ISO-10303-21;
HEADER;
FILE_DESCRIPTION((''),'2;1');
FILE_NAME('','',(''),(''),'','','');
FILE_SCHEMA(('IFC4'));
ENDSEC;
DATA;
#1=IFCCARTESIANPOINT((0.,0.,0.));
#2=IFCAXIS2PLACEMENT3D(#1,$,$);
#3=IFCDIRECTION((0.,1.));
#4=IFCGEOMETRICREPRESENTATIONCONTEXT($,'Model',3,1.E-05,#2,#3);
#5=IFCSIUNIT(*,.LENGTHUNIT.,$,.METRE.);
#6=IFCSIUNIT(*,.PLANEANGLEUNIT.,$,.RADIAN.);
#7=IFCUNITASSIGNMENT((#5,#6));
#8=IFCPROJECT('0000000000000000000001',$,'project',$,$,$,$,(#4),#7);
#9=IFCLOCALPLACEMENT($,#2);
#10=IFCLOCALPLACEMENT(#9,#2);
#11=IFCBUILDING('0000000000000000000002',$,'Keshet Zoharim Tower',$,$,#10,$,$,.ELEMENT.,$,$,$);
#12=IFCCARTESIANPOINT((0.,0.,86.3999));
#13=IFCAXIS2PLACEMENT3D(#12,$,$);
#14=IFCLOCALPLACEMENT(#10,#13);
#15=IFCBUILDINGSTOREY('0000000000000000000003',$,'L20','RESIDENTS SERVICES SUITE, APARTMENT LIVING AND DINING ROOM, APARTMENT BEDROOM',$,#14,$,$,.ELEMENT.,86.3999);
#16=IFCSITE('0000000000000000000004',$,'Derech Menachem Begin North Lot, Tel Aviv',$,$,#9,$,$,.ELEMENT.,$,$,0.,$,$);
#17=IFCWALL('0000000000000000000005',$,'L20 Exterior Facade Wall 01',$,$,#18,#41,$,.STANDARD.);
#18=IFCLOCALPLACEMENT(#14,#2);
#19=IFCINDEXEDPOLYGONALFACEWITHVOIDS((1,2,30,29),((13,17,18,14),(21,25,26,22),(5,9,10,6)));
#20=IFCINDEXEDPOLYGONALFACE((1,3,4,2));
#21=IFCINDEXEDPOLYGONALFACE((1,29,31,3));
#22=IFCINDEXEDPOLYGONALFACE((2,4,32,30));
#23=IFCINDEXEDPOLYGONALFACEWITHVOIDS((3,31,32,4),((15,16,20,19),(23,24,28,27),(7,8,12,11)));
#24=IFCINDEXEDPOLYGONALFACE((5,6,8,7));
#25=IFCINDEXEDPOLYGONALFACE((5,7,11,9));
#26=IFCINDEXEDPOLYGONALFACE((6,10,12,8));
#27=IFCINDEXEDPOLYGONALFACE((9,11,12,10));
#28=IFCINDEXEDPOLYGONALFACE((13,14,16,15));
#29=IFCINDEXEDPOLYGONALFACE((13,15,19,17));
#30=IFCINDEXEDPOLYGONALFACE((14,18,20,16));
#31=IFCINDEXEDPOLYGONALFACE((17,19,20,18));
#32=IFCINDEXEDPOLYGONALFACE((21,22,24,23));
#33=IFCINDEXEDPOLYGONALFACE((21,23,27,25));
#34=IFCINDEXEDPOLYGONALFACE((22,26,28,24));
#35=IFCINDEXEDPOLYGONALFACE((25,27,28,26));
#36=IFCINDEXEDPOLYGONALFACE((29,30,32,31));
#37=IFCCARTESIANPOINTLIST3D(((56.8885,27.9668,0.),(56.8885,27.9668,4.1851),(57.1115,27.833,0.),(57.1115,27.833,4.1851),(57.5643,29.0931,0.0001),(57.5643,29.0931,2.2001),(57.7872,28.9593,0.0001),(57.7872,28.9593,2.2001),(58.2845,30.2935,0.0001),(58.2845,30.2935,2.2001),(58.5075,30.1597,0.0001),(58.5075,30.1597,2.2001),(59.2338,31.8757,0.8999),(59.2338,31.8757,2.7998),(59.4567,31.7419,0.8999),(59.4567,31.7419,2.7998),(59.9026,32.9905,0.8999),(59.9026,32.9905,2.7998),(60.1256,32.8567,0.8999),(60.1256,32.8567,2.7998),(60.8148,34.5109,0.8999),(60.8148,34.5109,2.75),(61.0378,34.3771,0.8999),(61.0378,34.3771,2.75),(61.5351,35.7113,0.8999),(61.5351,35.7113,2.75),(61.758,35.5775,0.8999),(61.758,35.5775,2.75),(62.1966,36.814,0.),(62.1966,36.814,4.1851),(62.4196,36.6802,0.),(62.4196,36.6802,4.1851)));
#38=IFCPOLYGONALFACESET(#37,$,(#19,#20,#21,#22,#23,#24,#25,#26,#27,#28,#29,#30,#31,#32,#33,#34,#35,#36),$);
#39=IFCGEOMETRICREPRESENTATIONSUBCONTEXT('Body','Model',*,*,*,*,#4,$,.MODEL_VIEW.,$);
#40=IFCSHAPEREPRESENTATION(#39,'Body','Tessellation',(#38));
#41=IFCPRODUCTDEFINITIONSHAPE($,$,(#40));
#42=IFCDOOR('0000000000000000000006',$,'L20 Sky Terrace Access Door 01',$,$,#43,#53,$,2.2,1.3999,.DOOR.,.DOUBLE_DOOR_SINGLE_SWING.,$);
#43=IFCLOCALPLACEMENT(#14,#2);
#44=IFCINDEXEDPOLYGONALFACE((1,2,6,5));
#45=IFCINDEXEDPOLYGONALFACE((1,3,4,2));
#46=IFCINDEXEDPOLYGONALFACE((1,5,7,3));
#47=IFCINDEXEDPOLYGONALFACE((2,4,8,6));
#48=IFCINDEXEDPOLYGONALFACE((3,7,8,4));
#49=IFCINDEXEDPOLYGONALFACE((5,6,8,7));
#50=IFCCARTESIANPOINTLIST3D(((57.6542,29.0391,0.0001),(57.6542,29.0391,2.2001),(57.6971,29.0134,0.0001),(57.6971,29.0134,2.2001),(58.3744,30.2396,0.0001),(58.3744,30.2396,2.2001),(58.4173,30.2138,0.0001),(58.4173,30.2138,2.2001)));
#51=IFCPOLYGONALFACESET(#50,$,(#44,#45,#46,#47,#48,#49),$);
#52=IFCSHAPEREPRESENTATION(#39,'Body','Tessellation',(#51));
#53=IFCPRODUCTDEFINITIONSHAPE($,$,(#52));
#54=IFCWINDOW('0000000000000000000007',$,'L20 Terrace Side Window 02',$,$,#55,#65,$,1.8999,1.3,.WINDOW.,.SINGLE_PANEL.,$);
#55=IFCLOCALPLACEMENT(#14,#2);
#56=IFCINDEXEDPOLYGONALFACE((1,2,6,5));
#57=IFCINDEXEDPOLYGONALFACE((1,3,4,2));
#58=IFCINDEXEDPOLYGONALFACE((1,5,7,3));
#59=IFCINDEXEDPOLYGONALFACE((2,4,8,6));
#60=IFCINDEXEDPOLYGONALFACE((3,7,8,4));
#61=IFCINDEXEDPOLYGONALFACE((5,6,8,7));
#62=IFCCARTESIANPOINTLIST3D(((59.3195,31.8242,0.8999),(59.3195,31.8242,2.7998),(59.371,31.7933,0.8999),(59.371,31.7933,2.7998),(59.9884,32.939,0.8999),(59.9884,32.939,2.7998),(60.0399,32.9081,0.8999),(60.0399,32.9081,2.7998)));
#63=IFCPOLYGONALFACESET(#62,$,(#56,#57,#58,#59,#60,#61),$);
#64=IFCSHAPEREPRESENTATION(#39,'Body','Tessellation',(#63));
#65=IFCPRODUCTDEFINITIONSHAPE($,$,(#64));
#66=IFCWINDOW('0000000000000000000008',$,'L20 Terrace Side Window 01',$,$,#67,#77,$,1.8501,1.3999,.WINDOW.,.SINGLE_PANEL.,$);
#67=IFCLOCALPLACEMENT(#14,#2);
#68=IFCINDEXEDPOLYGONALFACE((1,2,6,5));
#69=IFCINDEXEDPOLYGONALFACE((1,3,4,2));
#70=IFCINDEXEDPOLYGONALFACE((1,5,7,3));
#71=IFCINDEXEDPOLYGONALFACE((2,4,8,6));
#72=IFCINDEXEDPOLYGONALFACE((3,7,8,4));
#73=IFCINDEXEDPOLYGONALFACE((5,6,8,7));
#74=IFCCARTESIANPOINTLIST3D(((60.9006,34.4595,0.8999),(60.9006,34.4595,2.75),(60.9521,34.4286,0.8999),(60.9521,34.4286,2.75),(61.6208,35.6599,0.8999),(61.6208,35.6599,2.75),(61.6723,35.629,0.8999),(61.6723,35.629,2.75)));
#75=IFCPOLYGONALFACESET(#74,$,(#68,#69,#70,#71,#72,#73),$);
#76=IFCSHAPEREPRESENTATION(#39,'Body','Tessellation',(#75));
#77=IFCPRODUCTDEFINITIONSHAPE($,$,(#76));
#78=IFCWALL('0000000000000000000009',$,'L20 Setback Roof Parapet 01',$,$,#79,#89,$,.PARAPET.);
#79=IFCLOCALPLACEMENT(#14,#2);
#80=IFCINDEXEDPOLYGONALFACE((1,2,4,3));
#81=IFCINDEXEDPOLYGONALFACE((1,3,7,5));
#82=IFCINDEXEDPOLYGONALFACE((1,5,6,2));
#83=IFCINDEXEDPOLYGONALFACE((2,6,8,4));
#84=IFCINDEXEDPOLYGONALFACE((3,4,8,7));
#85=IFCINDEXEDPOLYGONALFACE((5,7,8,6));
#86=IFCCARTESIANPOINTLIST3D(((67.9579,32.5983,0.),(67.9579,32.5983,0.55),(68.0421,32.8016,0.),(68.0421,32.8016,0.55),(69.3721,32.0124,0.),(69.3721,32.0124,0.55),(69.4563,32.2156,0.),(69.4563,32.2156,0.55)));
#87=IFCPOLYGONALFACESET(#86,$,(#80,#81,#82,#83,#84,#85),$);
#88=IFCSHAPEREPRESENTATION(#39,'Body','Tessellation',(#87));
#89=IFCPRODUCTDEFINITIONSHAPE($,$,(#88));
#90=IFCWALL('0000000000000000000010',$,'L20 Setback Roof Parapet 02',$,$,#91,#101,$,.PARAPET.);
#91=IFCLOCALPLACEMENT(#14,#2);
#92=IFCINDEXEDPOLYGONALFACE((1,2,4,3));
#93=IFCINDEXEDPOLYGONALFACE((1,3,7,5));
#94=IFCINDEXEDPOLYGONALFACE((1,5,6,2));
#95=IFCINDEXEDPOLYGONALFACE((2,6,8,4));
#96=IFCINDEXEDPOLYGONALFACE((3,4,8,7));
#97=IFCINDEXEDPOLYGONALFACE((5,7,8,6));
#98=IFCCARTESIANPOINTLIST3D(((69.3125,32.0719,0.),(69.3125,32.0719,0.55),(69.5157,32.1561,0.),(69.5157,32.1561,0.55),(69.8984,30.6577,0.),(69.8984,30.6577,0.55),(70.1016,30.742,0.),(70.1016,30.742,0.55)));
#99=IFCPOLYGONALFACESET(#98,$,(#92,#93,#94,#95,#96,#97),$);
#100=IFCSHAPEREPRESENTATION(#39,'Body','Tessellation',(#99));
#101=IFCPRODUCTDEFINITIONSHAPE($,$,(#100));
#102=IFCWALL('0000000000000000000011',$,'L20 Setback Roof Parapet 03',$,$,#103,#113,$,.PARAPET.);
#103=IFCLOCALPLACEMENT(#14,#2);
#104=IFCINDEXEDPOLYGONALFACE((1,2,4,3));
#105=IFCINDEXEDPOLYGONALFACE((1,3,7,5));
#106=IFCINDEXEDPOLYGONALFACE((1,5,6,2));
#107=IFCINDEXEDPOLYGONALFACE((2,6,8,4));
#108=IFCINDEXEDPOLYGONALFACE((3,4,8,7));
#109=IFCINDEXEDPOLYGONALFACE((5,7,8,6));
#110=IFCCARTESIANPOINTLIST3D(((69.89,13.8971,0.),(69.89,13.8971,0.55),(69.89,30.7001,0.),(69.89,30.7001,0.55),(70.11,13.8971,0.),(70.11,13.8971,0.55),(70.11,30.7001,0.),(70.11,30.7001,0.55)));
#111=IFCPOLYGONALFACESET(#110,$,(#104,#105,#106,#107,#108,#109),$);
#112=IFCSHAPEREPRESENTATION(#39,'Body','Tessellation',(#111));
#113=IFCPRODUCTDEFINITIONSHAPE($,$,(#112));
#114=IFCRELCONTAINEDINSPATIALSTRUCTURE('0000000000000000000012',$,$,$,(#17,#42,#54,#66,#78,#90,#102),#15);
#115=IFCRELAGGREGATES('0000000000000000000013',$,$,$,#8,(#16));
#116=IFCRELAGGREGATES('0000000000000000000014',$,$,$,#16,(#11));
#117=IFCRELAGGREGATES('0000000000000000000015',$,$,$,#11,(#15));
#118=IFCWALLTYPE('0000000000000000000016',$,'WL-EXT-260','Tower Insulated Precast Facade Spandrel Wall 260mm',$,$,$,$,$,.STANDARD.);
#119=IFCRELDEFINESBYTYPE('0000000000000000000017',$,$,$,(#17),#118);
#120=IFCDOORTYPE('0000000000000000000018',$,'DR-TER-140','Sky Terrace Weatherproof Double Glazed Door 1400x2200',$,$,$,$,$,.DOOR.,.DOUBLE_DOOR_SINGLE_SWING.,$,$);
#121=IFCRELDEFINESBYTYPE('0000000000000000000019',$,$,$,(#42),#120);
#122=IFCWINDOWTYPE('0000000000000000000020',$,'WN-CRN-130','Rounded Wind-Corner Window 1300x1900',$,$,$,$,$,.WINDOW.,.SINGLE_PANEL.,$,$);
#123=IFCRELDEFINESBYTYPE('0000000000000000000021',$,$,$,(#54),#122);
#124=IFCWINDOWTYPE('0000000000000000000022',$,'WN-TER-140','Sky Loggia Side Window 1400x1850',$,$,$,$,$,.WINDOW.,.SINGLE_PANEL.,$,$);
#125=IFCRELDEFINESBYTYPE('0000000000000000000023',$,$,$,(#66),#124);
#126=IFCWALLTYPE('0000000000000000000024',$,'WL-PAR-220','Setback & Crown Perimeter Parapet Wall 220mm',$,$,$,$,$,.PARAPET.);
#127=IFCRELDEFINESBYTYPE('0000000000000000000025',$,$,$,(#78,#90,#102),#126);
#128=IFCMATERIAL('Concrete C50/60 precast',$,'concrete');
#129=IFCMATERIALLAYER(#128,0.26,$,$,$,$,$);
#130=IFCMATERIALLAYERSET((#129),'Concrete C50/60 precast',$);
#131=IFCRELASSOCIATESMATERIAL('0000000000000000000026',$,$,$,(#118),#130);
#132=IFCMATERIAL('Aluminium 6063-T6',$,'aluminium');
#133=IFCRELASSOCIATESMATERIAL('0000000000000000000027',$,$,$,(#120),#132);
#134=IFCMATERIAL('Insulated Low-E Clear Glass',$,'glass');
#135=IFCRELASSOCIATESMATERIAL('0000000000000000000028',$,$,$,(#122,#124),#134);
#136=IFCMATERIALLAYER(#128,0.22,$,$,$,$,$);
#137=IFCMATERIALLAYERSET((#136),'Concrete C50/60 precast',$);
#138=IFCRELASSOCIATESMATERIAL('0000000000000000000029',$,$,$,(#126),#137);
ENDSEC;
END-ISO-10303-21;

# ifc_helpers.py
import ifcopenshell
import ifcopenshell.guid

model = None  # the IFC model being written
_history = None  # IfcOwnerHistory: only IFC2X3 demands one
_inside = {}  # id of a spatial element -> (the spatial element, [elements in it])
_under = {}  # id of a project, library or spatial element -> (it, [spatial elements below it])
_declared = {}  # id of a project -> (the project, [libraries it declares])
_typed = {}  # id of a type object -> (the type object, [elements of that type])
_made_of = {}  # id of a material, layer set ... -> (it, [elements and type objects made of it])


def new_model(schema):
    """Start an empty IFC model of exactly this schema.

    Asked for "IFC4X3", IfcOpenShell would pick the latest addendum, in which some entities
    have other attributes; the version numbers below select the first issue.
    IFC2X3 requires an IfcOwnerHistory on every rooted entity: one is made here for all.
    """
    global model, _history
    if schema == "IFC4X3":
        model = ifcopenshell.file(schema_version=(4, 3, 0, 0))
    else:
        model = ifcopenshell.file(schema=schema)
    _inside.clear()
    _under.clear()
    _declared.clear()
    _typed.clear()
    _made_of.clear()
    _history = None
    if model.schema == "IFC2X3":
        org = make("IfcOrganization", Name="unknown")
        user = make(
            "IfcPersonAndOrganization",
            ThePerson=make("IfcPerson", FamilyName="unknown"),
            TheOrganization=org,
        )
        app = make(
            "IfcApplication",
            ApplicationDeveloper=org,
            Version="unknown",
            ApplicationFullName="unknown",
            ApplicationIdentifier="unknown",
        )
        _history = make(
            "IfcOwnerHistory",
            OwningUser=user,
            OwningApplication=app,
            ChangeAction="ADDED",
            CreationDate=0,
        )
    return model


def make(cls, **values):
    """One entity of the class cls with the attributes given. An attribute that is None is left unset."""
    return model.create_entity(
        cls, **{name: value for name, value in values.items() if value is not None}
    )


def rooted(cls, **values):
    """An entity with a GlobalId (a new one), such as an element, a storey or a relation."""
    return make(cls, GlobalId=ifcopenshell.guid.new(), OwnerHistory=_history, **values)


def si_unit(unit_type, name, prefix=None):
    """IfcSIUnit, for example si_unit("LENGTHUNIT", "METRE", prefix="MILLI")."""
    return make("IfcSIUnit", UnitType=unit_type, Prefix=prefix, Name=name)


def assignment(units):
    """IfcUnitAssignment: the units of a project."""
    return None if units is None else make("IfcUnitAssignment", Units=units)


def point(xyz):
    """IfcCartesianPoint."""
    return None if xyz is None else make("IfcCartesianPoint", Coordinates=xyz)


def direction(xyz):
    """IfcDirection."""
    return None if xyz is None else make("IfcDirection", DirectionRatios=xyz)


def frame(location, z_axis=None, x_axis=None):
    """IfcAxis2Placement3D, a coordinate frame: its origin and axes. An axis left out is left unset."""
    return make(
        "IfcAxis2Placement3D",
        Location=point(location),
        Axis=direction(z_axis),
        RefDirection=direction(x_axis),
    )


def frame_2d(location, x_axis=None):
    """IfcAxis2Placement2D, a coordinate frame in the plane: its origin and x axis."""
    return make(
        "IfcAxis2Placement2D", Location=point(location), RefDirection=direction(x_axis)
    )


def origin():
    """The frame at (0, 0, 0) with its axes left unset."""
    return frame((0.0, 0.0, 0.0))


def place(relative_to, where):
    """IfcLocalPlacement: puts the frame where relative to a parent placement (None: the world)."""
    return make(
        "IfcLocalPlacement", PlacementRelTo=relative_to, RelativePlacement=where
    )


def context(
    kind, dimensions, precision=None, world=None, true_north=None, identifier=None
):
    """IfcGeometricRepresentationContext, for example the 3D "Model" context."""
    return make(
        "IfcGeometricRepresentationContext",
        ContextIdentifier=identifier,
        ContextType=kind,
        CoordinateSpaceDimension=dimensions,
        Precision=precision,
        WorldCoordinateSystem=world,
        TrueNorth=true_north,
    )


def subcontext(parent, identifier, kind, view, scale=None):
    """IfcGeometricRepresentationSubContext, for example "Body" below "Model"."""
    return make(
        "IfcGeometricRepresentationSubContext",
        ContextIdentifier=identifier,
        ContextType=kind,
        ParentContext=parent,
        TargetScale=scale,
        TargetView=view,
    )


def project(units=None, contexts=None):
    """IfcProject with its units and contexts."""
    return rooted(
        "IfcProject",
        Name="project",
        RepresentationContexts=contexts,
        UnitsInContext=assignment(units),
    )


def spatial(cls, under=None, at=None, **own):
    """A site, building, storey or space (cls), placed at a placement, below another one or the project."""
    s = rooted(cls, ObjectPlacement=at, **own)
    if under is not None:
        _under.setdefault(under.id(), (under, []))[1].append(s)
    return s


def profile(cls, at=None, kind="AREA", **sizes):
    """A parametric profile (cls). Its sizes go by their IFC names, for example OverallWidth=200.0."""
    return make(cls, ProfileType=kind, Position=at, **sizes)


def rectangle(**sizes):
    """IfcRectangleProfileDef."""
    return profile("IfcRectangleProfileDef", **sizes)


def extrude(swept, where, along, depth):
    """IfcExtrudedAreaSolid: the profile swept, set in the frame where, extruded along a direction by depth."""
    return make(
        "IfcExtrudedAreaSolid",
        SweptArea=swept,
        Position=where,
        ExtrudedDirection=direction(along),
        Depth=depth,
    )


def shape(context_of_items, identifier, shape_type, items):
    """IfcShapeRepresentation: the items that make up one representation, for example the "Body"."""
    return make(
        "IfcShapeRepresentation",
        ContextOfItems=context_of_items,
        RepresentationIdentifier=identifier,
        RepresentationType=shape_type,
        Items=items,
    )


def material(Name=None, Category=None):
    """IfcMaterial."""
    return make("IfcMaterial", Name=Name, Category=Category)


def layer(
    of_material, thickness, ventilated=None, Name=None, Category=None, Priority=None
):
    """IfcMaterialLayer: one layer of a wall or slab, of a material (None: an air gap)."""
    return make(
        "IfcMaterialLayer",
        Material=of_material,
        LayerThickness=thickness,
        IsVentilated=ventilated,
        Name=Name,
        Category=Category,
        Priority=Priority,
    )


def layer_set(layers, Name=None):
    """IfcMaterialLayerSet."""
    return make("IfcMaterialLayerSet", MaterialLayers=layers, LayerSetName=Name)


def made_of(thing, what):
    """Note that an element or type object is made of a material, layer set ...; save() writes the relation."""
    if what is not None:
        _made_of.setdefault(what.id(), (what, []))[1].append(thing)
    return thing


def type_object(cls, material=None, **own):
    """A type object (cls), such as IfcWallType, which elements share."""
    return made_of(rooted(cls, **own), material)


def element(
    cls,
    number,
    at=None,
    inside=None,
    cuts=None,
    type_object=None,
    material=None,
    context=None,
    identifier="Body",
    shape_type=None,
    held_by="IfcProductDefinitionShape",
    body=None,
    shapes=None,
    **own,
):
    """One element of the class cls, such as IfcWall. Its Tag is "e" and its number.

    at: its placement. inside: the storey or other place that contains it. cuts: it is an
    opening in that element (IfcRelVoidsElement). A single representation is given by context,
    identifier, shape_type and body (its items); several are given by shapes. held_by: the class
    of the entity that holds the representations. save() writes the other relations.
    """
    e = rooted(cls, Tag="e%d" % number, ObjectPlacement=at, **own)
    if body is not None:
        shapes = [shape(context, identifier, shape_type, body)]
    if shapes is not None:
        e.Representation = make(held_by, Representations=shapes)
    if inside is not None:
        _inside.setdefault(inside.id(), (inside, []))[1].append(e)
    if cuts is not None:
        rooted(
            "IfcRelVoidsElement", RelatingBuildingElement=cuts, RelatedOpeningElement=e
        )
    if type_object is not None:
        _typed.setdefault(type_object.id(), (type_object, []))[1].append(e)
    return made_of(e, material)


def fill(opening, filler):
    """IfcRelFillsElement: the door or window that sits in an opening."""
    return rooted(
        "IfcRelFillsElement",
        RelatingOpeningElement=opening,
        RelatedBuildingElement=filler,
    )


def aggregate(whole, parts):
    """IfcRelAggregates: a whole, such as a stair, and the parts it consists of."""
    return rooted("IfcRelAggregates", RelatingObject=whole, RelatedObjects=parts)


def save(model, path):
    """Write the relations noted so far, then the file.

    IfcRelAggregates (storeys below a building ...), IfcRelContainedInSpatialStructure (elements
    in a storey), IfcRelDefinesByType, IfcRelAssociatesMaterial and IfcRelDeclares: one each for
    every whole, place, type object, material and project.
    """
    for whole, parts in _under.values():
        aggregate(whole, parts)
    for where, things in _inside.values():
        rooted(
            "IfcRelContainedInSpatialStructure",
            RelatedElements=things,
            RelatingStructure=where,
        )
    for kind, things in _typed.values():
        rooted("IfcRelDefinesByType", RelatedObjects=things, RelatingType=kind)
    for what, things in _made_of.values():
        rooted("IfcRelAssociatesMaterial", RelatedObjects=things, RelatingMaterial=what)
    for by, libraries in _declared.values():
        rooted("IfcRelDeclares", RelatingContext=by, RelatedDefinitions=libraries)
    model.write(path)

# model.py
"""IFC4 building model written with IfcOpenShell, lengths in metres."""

from ifc_helpers import new_model, si_unit, direction, frame, frame_2d, origin, place, context, subcontext, project, spatial, rectangle, extrude, material, layer, layer_set, type_object, element, fill, save


model = new_model("IFC4")

# Units and contexts
model_context = context("Model", 3, precision=1e-05, world=origin(), true_north=direction((0.0, 1.0)))
body_context = subcontext(model_context, "Body", "Model", "MODEL_VIEW")
ifc_project = project(units=[si_unit("LENGTHUNIT", "METRE"), si_unit("PLANEANGLEUNIT", "RADIAN")], contexts=[model_context])

# Site, building, storey
site_placement = place(None, origin())
site = spatial("IfcSite", under=ifc_project, at=site_placement, Name="Derech Menachem Begin North Lot, Tel Aviv", CompositionType="ELEMENT", RefElevation=0.0)
building_placement = place(site_placement, origin())
building = spatial("IfcBuilding", under=site, at=building_placement, Name="Keshet Zoharim Tower", CompositionType="ELEMENT")
storey_placement = place(building_placement, frame((0.0, 0.0, 86.3999)))
storey = spatial("IfcBuildingStorey", under=building, at=storey_placement, Name="L20", Description="RESIDENTS SERVICES SUITE, APARTMENT LIVING AND DINING ROOM, APARTMENT BEDROOM", CompositionType="ELEMENT", Elevation=86.3999)

# Shared definitions
ifc_material_1 = material(Name="Aluminium 6063-T6", Category="aluminium")

# Shared definitions
ifc_material_2 = material(Name="Insulated Low-E Clear Glass", Category="glass")

# Wall, openings, door, windows
ifc_material_3 = material(Name="Concrete C50/60 precast", Category="concrete")
ifc_layer_1 = layer(ifc_material_3, 0.26)
ifc_layer_set_1 = layer_set([ifc_layer_1], Name="Concrete C50/60 precast")
wall_type_1 = type_object("IfcWallType", Name="WL-EXT-260", Description="Tower Insulated Precast Facade Spandrel Wall 260mm", PredefinedType="STANDARD", material=ifc_layer_set_1)
wall_1_placement = place(storey_placement, frame((62.3081, 36.7471, 0.0), z_axis=(0.0, 0.0, 1.0), x_axis=(-0.514482, -0.857501, 0.0)))
wall_1 = element("IfcWall", 1, at=wall_1_placement, inside=storey, type_object=wall_type_1, Name="L20 Exterior Facade Wall 01", PredefinedType="STANDARD", context=body_context, shape_type="SweptSolid", body=[
    extrude(rectangle(XDim=10.3174, YDim=0.26, at=frame_2d((5.1587, 0.0))), origin(), (0.0, 0.0, 1.0), 4.1851),
])
opening_1_placement = place(wall_1_placement, frame((7.604, 0.0, 0.0)))
opening_1 = element("IfcOpeningElement", 2, at=opening_1_placement, cuts=wall_1, PredefinedType="OPENING", context=body_context, shape_type="SweptSolid", body=[
    extrude(rectangle(XDim=1.3999, YDim=2.2, at=frame_2d((0.7, 1.1001))), frame((0.0, 0.1401, 0.0), z_axis=(0.0, -1.0, 0.0), x_axis=(1.0, 0.0, 0.0)), (0.0, 0.0, 1.0), 0.28),
])
opening_2_placement = place(wall_1_placement, frame((1.2859, 0.0, 0.8999)))
opening_2 = element("IfcOpeningElement", 3, at=opening_2_placement, cuts=wall_1, PredefinedType="OPENING", context=body_context, shape_type="SweptSolid", body=[
    extrude(rectangle(XDim=1.3999, YDim=1.8501, at=frame_2d((0.7, 0.925))), frame((0.0, 0.1401, 0.0), z_axis=(0.0, -1.0, 0.0), x_axis=(1.0, 0.0, 0.0)), (0.0, 0.0, 1.0), 0.28),
])
opening_3_placement = place(wall_1_placement, frame((4.459, 0.0, 0.8999)))
opening_3 = element("IfcOpeningElement", 4, at=opening_3_placement, cuts=wall_1, PredefinedType="OPENING", context=body_context, shape_type="SweptSolid", body=[
    extrude(rectangle(XDim=1.3, YDim=1.8999, at=frame_2d((0.6499, 0.95))), frame((0.0, 0.1401, 0.0), z_axis=(0.0, -1.0, 0.0), x_axis=(1.0, 0.0, 0.0)), (0.0, 0.0, 1.0), 0.28),
])
door_type = type_object("IfcDoorType", Name="DR-TER-140", Description="Sky Terrace Weatherproof Double Glazed Door 1400x2200", OperationType="DOUBLE_DOOR_SINGLE_SWING", PredefinedType="DOOR", material=ifc_material_1)
door_placement = place(opening_1_placement, origin())
door = element("IfcDoor", 5, at=door_placement, inside=storey, type_object=door_type, Name="L20 Sky Terrace Access Door 01", OperationType="DOUBLE_DOOR_SINGLE_SWING", OverallHeight=2.2, OverallWidth=1.3999, PredefinedType="DOOR", context=body_context, shape_type="SweptSolid", body=[
    extrude(rectangle(XDim=1.3999, YDim=2.2, at=frame_2d((0.7, 1.1001))), frame((0.0, 0.0249, 0.0), z_axis=(0.0, -1.0, 0.0), x_axis=(1.0, 0.0, 0.0)), (0.0, 0.0, 1.0), 0.05),
])
fill(opening_1, door)
window_type_1 = type_object("IfcWindowType", Name="WN-CRN-130", Description="Rounded Wind-Corner Window 1300x1900", PartitioningType="SINGLE_PANEL", PredefinedType="WINDOW", material=ifc_material_2)
window_1_placement = place(opening_3_placement, origin())
window_1 = element("IfcWindow", 6, at=window_1_placement, inside=storey, type_object=window_type_1, Name="L20 Terrace Side Window 02", OverallHeight=1.8999, OverallWidth=1.3, PartitioningType="SINGLE_PANEL", PredefinedType="WINDOW", context=body_context, shape_type="SweptSolid", body=[
    extrude(rectangle(XDim=1.3, YDim=1.8999, at=frame_2d((0.6499, 0.95))), frame((0.0, 0.03, 0.0), z_axis=(0.0, -1.0, 0.0), x_axis=(1.0, 0.0, 0.0)), (0.0, 0.0, 1.0), 0.0601),
])
fill(opening_3, window_1)
window_type_2 = type_object("IfcWindowType", Name="WN-TER-140", Description="Sky Loggia Side Window 1400x1850", PartitioningType="SINGLE_PANEL", PredefinedType="WINDOW", material=ifc_material_2)
window_2_placement = place(opening_2_placement, origin())
window_2 = element("IfcWindow", 7, at=window_2_placement, inside=storey, type_object=window_type_2, Name="L20 Terrace Side Window 01", OverallHeight=1.8501, OverallWidth=1.3999, PartitioningType="SINGLE_PANEL", PredefinedType="WINDOW", context=body_context, shape_type="SweptSolid", body=[
    extrude(rectangle(XDim=1.3999, YDim=1.8501, at=frame_2d((0.7, 0.925))), frame((0.0, 0.03, 0.0), z_axis=(0.0, -1.0, 0.0), x_axis=(1.0, 0.0, 0.0)), (0.0, 0.0, 1.0), 0.0601),
])
fill(opening_2, window_2)

# Walls
ifc_layer_2 = layer(ifc_material_3, 0.22)
ifc_layer_set_2 = layer_set([ifc_layer_2], Name="Concrete C50/60 precast")
wall_type_2 = type_object("IfcWallType", Name="WL-PAR-220", Description="Setback & Crown Perimeter Parapet Wall 220mm", PredefinedType="PARAPET", material=ifc_layer_set_2)
for number, where, z_axis, x_axis, name in (
    (8, (68.0, 32.7, 0.0), (0.0, 0.0, 1.0), (0.92383, -0.382803, 0.0), "L20 Setback Roof Parapet 01"),
    (9, (69.4141, 32.114, 0.0), (0.0, 0.0, 1.0), (0.382803, -0.92383, 0.0), "L20 Setback Roof Parapet 02"),
):
    element("IfcWall", number, at=place(storey_placement, frame(where, z_axis=z_axis, x_axis=x_axis)), inside=storey, type_object=wall_type_2, Name=name, PredefinedType="PARAPET", context=body_context, shape_type="SweptSolid", body=[
        extrude(rectangle(XDim=1.5308, YDim=0.22, at=frame_2d((0.7654, 0.0))), origin(), (0.0, 0.0, 1.0), 0.55),
    ])
wall_2_placement = place(storey_placement, frame((70.0, 30.7, 0.0), z_axis=(0.0, 0.0, 1.0), x_axis=(0.0, -1.0, 0.0)))
element("IfcWall", 10, at=wall_2_placement, inside=storey, type_object=wall_type_2, Name="L20 Setback Roof Parapet 03", PredefinedType="PARAPET", context=body_context, shape_type="SweptSolid", body=[
    extrude(rectangle(XDim=16.803, YDim=0.22, at=frame_2d((8.4014, 0.0))), origin(), (0.0, 0.0, 1.0), 0.55),
])

save(model, "model.ifc")
